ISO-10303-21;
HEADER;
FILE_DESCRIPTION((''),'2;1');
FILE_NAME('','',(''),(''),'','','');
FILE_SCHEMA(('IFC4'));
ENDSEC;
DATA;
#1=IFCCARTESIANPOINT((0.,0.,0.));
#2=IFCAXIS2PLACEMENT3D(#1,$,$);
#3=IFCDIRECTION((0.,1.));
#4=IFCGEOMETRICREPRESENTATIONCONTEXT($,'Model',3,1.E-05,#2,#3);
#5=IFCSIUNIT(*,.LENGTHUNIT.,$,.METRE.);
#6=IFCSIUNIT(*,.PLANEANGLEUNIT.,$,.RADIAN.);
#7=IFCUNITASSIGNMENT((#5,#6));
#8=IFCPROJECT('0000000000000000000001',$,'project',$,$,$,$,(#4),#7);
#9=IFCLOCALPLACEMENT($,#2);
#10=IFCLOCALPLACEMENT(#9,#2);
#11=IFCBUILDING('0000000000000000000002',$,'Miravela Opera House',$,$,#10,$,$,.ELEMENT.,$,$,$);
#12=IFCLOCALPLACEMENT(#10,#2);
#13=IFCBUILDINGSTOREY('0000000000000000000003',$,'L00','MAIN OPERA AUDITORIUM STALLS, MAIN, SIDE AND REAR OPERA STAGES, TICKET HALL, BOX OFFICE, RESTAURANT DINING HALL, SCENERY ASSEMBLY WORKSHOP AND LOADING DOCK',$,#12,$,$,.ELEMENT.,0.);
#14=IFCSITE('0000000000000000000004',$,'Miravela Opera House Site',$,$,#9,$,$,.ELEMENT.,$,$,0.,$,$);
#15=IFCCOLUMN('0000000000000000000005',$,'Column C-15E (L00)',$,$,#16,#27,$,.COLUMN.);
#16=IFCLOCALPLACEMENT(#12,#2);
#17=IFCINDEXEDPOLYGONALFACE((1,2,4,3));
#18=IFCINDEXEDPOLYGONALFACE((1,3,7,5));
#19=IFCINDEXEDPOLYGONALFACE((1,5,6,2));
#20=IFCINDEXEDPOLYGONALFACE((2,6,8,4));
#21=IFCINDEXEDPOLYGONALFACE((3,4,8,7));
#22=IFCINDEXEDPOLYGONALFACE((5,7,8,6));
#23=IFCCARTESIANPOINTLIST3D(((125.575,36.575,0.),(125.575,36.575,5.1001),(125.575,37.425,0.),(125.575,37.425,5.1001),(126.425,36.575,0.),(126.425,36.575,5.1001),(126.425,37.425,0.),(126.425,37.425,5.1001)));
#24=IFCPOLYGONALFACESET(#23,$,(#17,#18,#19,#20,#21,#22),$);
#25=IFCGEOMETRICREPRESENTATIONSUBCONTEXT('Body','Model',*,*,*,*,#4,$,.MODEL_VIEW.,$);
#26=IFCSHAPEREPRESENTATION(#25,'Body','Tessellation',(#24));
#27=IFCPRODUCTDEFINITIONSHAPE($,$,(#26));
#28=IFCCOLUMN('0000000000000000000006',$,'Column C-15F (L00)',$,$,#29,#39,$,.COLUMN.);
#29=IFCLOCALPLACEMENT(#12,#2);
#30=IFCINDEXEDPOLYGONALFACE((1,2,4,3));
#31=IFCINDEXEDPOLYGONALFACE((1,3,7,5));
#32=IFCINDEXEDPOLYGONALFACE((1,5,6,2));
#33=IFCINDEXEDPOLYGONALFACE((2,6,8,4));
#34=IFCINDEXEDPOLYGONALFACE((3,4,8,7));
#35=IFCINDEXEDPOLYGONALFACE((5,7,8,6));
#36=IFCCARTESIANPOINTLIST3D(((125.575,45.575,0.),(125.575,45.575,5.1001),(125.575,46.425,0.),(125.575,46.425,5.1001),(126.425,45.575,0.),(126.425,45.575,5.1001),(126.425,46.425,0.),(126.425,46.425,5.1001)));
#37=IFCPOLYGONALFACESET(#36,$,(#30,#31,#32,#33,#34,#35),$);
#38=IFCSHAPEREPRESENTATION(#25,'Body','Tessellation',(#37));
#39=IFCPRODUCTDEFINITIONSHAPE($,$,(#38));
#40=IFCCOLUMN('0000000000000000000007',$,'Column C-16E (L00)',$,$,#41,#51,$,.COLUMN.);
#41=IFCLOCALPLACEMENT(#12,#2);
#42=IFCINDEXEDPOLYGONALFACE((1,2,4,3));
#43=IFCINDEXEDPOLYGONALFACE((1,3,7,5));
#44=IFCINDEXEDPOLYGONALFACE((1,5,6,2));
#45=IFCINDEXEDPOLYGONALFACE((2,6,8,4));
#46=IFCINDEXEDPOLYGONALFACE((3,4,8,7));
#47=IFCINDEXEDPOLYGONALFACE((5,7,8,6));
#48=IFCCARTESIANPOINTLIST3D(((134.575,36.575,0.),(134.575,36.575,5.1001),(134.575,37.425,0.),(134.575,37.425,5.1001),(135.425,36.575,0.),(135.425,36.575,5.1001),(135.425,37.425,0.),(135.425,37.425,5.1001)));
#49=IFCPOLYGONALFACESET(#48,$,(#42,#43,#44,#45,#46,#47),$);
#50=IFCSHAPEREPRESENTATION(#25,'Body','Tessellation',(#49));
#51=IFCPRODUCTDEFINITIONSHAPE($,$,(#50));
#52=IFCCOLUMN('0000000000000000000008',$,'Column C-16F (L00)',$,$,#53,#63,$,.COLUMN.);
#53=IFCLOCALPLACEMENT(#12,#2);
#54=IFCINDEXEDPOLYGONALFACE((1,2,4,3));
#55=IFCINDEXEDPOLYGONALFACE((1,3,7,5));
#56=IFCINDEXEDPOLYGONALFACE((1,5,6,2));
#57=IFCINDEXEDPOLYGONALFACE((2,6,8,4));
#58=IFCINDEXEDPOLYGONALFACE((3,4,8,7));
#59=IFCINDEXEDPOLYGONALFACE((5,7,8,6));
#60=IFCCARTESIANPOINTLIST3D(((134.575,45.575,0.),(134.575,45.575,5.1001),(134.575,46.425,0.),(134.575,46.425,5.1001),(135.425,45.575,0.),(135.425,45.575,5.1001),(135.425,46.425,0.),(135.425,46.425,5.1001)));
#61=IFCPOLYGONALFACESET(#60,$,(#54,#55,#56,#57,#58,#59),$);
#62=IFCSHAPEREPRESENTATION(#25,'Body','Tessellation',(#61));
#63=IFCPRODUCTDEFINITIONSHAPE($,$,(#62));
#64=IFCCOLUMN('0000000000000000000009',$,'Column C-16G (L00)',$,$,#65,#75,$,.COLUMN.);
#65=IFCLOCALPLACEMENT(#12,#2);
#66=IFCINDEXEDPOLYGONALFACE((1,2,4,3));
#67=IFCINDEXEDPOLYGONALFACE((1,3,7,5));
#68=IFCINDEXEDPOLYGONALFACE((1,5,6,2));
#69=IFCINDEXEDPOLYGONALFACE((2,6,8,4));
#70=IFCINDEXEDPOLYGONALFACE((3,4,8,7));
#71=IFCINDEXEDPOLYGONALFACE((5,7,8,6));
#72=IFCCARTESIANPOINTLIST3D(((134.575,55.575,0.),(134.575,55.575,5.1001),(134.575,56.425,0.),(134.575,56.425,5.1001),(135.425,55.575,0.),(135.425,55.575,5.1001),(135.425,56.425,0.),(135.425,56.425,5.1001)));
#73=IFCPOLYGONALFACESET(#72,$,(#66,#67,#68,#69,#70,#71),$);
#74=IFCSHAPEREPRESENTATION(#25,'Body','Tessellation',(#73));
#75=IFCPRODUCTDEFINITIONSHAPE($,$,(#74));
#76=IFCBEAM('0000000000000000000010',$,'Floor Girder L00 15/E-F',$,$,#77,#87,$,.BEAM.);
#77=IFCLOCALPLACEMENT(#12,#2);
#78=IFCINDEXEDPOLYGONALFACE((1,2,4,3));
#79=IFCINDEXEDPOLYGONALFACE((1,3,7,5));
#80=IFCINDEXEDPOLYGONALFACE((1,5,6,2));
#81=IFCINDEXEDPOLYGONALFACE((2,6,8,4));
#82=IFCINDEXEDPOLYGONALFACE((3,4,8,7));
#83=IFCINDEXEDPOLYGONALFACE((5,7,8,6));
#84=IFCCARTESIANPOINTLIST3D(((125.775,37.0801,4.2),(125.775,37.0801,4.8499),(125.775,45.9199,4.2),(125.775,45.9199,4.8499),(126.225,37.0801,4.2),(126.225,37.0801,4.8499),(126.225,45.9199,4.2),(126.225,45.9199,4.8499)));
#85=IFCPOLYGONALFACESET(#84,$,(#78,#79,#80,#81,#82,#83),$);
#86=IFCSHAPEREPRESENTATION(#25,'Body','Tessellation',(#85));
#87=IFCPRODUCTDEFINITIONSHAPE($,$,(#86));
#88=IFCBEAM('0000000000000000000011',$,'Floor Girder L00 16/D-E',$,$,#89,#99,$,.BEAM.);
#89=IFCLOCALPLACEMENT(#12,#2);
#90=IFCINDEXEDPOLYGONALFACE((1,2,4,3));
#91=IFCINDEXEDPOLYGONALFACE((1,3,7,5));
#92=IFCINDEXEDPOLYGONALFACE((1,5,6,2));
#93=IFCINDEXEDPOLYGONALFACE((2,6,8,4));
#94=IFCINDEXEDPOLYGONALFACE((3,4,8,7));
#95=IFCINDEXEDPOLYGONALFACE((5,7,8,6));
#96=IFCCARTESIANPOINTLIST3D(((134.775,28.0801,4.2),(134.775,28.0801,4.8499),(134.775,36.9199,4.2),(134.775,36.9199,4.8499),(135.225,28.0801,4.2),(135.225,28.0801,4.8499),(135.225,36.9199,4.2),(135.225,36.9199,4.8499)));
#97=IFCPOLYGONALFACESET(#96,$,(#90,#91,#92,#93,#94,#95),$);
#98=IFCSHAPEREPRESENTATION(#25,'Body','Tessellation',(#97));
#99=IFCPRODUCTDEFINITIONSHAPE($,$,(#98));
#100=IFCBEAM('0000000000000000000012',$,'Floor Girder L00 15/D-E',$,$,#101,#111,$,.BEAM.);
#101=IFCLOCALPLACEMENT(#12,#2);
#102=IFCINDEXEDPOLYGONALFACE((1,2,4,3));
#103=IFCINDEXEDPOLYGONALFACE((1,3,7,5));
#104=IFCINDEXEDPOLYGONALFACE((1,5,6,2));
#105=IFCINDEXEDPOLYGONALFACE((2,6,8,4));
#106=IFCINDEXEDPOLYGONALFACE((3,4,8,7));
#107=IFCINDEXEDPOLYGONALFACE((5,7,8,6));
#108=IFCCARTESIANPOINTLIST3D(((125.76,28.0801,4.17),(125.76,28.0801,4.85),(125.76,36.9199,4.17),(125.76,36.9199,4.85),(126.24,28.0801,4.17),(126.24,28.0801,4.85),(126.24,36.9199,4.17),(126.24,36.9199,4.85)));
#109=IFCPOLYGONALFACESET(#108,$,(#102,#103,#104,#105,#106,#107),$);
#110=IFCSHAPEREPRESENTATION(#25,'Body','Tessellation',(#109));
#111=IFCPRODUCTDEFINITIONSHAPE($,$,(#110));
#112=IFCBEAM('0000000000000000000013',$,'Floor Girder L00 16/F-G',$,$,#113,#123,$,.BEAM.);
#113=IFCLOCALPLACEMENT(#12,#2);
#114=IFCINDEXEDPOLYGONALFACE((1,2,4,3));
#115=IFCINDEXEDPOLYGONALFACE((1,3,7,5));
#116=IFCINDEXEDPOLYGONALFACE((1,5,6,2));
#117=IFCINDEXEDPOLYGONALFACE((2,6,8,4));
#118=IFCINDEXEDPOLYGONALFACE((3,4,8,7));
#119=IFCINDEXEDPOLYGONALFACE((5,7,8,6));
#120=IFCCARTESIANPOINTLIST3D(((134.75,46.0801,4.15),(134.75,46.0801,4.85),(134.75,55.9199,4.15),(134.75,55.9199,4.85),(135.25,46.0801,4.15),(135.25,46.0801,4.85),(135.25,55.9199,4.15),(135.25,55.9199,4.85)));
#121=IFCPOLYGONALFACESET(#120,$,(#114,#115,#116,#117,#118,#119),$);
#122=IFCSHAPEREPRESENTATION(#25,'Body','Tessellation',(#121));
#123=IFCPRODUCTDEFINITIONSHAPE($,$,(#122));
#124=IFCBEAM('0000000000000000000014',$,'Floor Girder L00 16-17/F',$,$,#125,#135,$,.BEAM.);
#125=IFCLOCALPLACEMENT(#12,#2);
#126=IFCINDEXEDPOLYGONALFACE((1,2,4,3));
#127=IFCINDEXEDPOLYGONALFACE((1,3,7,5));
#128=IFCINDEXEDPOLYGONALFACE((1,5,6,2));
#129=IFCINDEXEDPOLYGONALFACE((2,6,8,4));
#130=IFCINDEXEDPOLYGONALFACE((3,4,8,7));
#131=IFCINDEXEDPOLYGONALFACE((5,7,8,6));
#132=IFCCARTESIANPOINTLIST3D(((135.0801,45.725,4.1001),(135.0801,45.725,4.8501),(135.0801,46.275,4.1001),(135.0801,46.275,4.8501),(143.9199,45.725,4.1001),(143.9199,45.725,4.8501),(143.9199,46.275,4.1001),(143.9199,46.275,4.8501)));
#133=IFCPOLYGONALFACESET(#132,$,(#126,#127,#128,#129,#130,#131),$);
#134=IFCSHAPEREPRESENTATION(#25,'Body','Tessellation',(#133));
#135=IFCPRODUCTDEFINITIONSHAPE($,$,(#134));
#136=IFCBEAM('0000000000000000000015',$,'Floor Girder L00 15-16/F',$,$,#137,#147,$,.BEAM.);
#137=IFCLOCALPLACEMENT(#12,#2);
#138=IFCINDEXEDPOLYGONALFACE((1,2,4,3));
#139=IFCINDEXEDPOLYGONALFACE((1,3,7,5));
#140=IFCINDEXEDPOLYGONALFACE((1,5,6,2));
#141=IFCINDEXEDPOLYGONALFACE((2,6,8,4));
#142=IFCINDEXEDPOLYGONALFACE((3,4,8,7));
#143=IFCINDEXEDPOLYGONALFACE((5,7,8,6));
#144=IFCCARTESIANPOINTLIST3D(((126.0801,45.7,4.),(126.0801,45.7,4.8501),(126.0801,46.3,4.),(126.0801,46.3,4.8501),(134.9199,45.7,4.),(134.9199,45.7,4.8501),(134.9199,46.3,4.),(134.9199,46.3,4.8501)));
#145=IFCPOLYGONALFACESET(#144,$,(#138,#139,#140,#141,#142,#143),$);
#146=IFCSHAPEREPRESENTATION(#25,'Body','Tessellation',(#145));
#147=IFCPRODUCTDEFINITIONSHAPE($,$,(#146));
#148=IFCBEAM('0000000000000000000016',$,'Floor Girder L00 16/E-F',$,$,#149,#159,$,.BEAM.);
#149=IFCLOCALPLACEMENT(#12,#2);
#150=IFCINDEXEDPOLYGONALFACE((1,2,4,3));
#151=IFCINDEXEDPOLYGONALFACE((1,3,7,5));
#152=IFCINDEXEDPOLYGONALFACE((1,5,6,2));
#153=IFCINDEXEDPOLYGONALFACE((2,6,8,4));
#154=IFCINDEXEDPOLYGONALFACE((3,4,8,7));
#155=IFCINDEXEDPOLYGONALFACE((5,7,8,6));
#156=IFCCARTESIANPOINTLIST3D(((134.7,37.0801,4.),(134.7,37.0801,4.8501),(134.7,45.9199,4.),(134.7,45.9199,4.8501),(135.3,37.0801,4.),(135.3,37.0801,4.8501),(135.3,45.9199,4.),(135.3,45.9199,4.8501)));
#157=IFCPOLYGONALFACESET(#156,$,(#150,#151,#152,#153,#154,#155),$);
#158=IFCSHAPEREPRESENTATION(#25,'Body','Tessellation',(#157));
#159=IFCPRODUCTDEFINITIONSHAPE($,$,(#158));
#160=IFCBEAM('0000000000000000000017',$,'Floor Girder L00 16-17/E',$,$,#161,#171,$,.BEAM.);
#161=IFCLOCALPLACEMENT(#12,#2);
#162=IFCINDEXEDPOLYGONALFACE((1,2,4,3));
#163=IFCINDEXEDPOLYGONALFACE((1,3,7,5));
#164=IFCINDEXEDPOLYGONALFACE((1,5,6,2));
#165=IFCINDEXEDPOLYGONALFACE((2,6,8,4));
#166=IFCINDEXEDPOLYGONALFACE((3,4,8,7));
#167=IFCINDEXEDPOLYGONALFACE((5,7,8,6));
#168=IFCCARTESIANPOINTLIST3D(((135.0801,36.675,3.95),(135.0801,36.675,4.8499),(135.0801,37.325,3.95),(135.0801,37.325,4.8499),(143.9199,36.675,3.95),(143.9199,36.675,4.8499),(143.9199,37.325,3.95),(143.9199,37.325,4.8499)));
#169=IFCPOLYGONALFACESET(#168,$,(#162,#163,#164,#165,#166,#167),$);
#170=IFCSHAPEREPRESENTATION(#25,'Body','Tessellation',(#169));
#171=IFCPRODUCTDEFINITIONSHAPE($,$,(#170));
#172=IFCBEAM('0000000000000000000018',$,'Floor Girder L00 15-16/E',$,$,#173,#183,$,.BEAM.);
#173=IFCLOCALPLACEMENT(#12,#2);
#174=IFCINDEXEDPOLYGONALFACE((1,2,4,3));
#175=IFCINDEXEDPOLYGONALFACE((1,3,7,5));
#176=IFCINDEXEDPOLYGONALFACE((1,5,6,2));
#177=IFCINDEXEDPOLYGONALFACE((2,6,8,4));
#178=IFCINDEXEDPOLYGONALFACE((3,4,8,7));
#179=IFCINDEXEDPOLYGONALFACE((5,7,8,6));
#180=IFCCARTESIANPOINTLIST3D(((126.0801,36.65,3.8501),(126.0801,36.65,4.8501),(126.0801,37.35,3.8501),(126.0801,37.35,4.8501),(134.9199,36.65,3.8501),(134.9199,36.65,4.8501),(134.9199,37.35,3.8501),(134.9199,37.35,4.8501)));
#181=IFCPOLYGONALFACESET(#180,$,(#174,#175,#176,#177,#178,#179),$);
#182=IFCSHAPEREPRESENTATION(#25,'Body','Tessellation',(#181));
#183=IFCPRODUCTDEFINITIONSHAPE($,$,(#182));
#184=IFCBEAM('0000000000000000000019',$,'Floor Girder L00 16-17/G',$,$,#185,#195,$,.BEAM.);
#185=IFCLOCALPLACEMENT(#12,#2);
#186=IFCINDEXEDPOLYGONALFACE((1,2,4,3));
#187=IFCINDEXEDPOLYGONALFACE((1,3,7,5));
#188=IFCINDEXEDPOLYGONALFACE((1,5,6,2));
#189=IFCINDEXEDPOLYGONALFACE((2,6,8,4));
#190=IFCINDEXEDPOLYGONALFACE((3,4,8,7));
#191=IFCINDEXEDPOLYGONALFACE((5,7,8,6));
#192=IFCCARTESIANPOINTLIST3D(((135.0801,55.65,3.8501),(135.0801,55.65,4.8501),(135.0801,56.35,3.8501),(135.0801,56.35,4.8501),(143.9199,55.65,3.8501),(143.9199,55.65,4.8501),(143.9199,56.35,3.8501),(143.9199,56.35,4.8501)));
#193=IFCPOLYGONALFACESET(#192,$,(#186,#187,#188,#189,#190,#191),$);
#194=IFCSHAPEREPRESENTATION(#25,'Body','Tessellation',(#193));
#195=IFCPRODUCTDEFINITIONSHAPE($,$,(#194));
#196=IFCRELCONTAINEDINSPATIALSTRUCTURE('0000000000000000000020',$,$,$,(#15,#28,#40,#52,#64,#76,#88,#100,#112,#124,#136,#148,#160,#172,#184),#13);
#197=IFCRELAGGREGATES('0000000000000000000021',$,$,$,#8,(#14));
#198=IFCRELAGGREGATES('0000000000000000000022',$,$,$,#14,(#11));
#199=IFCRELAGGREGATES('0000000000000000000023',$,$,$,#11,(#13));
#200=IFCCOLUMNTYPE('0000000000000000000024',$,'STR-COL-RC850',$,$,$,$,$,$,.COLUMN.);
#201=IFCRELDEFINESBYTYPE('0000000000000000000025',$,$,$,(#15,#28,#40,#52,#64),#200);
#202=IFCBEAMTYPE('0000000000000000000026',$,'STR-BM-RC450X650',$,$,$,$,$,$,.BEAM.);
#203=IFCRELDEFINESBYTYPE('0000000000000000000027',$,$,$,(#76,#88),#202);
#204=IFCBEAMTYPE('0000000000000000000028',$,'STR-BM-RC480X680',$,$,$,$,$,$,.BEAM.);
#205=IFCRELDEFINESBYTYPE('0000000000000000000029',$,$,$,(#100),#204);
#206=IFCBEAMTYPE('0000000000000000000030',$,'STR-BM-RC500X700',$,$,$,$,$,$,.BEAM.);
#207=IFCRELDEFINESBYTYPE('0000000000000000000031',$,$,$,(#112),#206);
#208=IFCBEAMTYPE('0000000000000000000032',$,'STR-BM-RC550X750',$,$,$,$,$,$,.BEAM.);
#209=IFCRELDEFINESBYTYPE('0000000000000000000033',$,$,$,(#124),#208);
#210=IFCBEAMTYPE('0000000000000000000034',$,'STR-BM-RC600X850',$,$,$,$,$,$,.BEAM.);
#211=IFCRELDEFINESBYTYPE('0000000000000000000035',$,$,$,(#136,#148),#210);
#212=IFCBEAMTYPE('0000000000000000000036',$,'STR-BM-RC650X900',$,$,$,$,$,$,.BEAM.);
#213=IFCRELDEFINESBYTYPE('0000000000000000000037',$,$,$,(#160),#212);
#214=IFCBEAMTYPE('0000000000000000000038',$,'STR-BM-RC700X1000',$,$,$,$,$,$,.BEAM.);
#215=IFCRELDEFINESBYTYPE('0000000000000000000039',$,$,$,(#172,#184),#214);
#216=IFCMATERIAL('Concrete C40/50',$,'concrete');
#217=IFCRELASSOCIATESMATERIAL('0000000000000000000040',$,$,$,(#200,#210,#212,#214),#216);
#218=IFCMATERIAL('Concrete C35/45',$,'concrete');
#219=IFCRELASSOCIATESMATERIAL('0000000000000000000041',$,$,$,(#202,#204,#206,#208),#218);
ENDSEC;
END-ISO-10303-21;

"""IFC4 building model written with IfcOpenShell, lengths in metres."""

from ifc_helpers import new_model, si_unit, direction, frame, origin, origin_2d, place, context, subcontext, project, spatial, rectangle, extrude, material, material_profile, profile_set, type_object, element, save


model = new_model("IFC4")

# Units and contexts
model_context = context("Model", 3, precision=1e-05, world=origin(), true_north=direction((0.0, 1.0)))
body_context = subcontext(model_context, "Body", "Model", "MODEL_VIEW")
ifc_project = project(units=[si_unit("LENGTHUNIT", "METRE"), si_unit("PLANEANGLEUNIT", "RADIAN")], contexts=[model_context])

# Site, building, storey
site_placement = place(None, origin())
site = spatial("IfcSite", under=ifc_project, at=site_placement, Name="Miravela Opera House Site", CompositionType="ELEMENT", RefElevation=0.0)
building_placement = place(site_placement, origin())
building = spatial("IfcBuilding", under=site, at=building_placement, Name="Miravela Opera House", CompositionType="ELEMENT")
storey_placement = place(building_placement, origin())
storey = spatial("IfcBuildingStorey", under=building, at=storey_placement, Name="L00", Description="MAIN OPERA AUDITORIUM STALLS, MAIN, SIDE AND REAR OPERA STAGES, TICKET HALL, BOX OFFICE, RESTAURANT DINING HALL, SCENERY ASSEMBLY WORKSHOP AND LOADING DOCK", CompositionType="ELEMENT", Elevation=0.0)

# Columns
ifc_material_1 = material(Name="Concrete C40/50", Category="concrete")
ifc_material_profile_1 = material_profile(ifc_material_1, rectangle(XDim=0.8501, YDim=0.8501, at=origin_2d()), Name="RC-COL-850X850")
ifc_profile_set_1 = profile_set([ifc_material_profile_1])
column_type = type_object("IfcColumnType", Name="STR-COL-RC850", PredefinedType="COLUMN", material=ifc_profile_set_1)
for number, where, z_axis, x_axis, name in (
    (1, (126.0, 37.0, 0.0), (0.0, 0.0, 1.0), (1.0, 0.0, 0.0), "Column C-15E (L00)"),
    (2, (126.0, 46.0, 0.0), (0.0, 0.0, 1.0), (1.0, 0.0, 0.0), "Column C-15F (L00)"),
    (3, (135.0, 37.0, 0.0), (0.0, 0.0, 1.0), (1.0, 0.0, 0.0), "Column C-16E (L00)"),
    (4, (135.0, 46.0, 0.0), (0.0, 0.0, 1.0), (1.0, 0.0, 0.0), "Column C-16F (L00)"),
    (5, (135.0, 56.0, 0.0), (0.0, 0.0, 1.0), (1.0, 0.0, 0.0), "Column C-16G (L00)"),
):
    element("IfcColumn", number, at=place(storey_placement, frame(where, z_axis=z_axis, x_axis=x_axis)), inside=storey, type_object=column_type, Name=name, PredefinedType="COLUMN", context=body_context, shape_type="SweptSolid", body=[
        extrude(rectangle(XDim=0.8501, YDim=0.8501, at=origin_2d()), origin(), (0.0, 0.0, 1.0), 5.1001),
    ])

# Beams
ifc_material_2 = material(Name="Concrete C35/45", Category="concrete")
ifc_material_profile_2 = material_profile(ifc_material_2, rectangle(XDim=0.45, YDim=0.6499, at=origin_2d()), Name="RC-BM-450X650")
ifc_profile_set_2 = profile_set([ifc_material_profile_2])
beam_type_1 = type_object("IfcBeamType", Name="STR-BM-RC450X650", PredefinedType="BEAM", material=ifc_profile_set_2)
for number, where, z_axis, x_axis, name in (
    (6, (126.0, 37.0801, 4.5249), (0.0, 1.0, 0.0), (-1.0, 0.0, 0.0), "Floor Girder L00 15/E-F"),
    (7, (135.0, 28.0801, 4.5249), (0.0, 1.0, 0.0), (-1.0, 0.0, 0.0), "Floor Girder L00 16/D-E"),
):
    element("IfcBeam", number, at=place(storey_placement, frame(where, z_axis=z_axis, x_axis=x_axis)), inside=storey, type_object=beam_type_1, Name=name, PredefinedType="BEAM", context=body_context, shape_type="SweptSolid", body=[
        extrude(rectangle(XDim=0.45, YDim=0.6499, at=origin_2d()), origin(), (0.0, 0.0, 1.0), 8.8398),
    ])
ifc_material_profile_3 = material_profile(ifc_material_2, rectangle(XDim=0.48, YDim=0.6799, at=origin_2d()), Name="RC-BM-480X680")
ifc_profile_set_3 = profile_set([ifc_material_profile_3])
beam_type_2 = type_object("IfcBeamType", Name="STR-BM-RC480X680", PredefinedType="BEAM", material=ifc_profile_set_3)
beam_1_placement = place(storey_placement, frame((126.0, 28.0801, 4.51), z_axis=(0.0, 1.0, 0.0), x_axis=(-1.0, 0.0, 0.0)))
element("IfcBeam", 8, at=beam_1_placement, inside=storey, type_object=beam_type_2, Name="Floor Girder L00 15/D-E", PredefinedType="BEAM", context=body_context, shape_type="SweptSolid", body=[
    extrude(rectangle(XDim=0.48, YDim=0.6799, at=origin_2d()), origin(), (0.0, 0.0, 1.0), 8.8398),
])
ifc_material_profile_4 = material_profile(ifc_material_2, rectangle(XDim=0.5, YDim=0.7, at=origin_2d()), Name="RC-BM-500X700")
ifc_profile_set_4 = profile_set([ifc_material_profile_4])
beam_type_3 = type_object("IfcBeamType", Name="STR-BM-RC500X700", PredefinedType="BEAM", material=ifc_profile_set_4)
beam_2_placement = place(storey_placement, frame((135.0, 46.0801, 4.5), z_axis=(0.0, 1.0, 0.0), x_axis=(-1.0, 0.0, 0.0)))
element("IfcBeam", 9, at=beam_2_placement, inside=storey, type_object=beam_type_3, Name="Floor Girder L00 16/F-G", PredefinedType="BEAM", context=body_context, shape_type="SweptSolid", body=[
    extrude(rectangle(XDim=0.5, YDim=0.7, at=origin_2d()), origin(), (0.0, 0.0, 1.0), 9.8398),
])
ifc_material_profile_5 = material_profile(ifc_material_2, rectangle(XDim=0.55, YDim=0.75, at=origin_2d()), Name="RC-BM-550X750")
ifc_profile_set_5 = profile_set([ifc_material_profile_5])
beam_type_4 = type_object("IfcBeamType", Name="STR-BM-RC550X750", PredefinedType="BEAM", material=ifc_profile_set_5)
beam_3_placement = place(storey_placement, frame((135.0801, 46.0, 4.4751), z_axis=(1.0, 0.0, 0.0), x_axis=(0.0, 1.0, 0.0)))
element("IfcBeam", 10, at=beam_3_placement, inside=storey, type_object=beam_type_4, Name="Floor Girder L00 16-17/F", PredefinedType="BEAM", context=body_context, shape_type="SweptSolid", body=[
    extrude(rectangle(XDim=0.55, YDim=0.75, at=origin_2d()), origin(), (0.0, 0.0, 1.0), 8.8398),
])
ifc_material_profile_6 = material_profile(ifc_material_1, rectangle(XDim=0.6001, YDim=0.8501, at=origin_2d()), Name="RC-BM-600X850")
ifc_profile_set_6 = profile_set([ifc_material_profile_6])
beam_type_5 = type_object("IfcBeamType", Name="STR-BM-RC600X850", PredefinedType="BEAM", material=ifc_profile_set_6)
for number, where, z_axis, x_axis, name in (
    (11, (126.0801, 46.0, 4.425), (1.0, 0.0, 0.0), (0.0, 1.0, 0.0), "Floor Girder L00 15-16/F"),
    (12, (135.0, 37.0801, 4.425), (0.0, 1.0, 0.0), (-1.0, 0.0, 0.0), "Floor Girder L00 16/E-F"),
):
    element("IfcBeam", number, at=place(storey_placement, frame(where, z_axis=z_axis, x_axis=x_axis)), inside=storey, type_object=beam_type_5, Name=name, PredefinedType="BEAM", context=body_context, shape_type="SweptSolid", body=[
        extrude(rectangle(XDim=0.6001, YDim=0.8501, at=origin_2d()), origin(), (0.0, 0.0, 1.0), 8.8398),
    ])
ifc_material_profile_7 = material_profile(ifc_material_1, rectangle(XDim=0.6499, YDim=0.8999, at=origin_2d()), Name="RC-BM-650X900")
ifc_profile_set_7 = profile_set([ifc_material_profile_7])
beam_type_6 = type_object("IfcBeamType", Name="STR-BM-RC650X900", PredefinedType="BEAM", material=ifc_profile_set_7)
beam_4_placement = place(storey_placement, frame((135.0801, 37.0, 4.3999), z_axis=(1.0, 0.0, 0.0), x_axis=(0.0, 1.0, 0.0)))
element("IfcBeam", 13, at=beam_4_placement, inside=storey, type_object=beam_type_6, Name="Floor Girder L00 16-17/E", PredefinedType="BEAM", context=body_context, shape_type="SweptSolid", body=[
    extrude(rectangle(XDim=0.6499, YDim=0.8999, at=origin_2d()), origin(), (0.0, 0.0, 1.0), 8.8398),
])
ifc_material_profile_8 = material_profile(ifc_material_1, rectangle(XDim=0.7, YDim=1.0, at=origin_2d()), Name="RC-BM-700X1000")
ifc_profile_set_8 = profile_set([ifc_material_profile_8])
beam_type_7 = type_object("IfcBeamType", Name="STR-BM-RC700X1000", PredefinedType="BEAM", material=ifc_profile_set_8)
for number, where, z_axis, x_axis, name in (
    (14, (126.0801, 37.0, 4.3501), (1.0, 0.0, 0.0), (0.0, 1.0, 0.0), "Floor Girder L00 15-16/E"),
    (15, (135.0801, 56.0, 4.3501), (1.0, 0.0, 0.0), (0.0, 1.0, 0.0), "Floor Girder L00 16-17/G"),
):
    element("IfcBeam", number, at=place(storey_placement, frame(where, z_axis=z_axis, x_axis=x_axis)), inside=storey, type_object=beam_type_7, Name=name, PredefinedType="BEAM", context=body_context, shape_type="SweptSolid", body=[
        extrude(rectangle(XDim=0.7, YDim=1.0, at=origin_2d()), origin(), (0.0, 0.0, 1.0), 8.8398),
    ])

save(model, "model.ifc")
